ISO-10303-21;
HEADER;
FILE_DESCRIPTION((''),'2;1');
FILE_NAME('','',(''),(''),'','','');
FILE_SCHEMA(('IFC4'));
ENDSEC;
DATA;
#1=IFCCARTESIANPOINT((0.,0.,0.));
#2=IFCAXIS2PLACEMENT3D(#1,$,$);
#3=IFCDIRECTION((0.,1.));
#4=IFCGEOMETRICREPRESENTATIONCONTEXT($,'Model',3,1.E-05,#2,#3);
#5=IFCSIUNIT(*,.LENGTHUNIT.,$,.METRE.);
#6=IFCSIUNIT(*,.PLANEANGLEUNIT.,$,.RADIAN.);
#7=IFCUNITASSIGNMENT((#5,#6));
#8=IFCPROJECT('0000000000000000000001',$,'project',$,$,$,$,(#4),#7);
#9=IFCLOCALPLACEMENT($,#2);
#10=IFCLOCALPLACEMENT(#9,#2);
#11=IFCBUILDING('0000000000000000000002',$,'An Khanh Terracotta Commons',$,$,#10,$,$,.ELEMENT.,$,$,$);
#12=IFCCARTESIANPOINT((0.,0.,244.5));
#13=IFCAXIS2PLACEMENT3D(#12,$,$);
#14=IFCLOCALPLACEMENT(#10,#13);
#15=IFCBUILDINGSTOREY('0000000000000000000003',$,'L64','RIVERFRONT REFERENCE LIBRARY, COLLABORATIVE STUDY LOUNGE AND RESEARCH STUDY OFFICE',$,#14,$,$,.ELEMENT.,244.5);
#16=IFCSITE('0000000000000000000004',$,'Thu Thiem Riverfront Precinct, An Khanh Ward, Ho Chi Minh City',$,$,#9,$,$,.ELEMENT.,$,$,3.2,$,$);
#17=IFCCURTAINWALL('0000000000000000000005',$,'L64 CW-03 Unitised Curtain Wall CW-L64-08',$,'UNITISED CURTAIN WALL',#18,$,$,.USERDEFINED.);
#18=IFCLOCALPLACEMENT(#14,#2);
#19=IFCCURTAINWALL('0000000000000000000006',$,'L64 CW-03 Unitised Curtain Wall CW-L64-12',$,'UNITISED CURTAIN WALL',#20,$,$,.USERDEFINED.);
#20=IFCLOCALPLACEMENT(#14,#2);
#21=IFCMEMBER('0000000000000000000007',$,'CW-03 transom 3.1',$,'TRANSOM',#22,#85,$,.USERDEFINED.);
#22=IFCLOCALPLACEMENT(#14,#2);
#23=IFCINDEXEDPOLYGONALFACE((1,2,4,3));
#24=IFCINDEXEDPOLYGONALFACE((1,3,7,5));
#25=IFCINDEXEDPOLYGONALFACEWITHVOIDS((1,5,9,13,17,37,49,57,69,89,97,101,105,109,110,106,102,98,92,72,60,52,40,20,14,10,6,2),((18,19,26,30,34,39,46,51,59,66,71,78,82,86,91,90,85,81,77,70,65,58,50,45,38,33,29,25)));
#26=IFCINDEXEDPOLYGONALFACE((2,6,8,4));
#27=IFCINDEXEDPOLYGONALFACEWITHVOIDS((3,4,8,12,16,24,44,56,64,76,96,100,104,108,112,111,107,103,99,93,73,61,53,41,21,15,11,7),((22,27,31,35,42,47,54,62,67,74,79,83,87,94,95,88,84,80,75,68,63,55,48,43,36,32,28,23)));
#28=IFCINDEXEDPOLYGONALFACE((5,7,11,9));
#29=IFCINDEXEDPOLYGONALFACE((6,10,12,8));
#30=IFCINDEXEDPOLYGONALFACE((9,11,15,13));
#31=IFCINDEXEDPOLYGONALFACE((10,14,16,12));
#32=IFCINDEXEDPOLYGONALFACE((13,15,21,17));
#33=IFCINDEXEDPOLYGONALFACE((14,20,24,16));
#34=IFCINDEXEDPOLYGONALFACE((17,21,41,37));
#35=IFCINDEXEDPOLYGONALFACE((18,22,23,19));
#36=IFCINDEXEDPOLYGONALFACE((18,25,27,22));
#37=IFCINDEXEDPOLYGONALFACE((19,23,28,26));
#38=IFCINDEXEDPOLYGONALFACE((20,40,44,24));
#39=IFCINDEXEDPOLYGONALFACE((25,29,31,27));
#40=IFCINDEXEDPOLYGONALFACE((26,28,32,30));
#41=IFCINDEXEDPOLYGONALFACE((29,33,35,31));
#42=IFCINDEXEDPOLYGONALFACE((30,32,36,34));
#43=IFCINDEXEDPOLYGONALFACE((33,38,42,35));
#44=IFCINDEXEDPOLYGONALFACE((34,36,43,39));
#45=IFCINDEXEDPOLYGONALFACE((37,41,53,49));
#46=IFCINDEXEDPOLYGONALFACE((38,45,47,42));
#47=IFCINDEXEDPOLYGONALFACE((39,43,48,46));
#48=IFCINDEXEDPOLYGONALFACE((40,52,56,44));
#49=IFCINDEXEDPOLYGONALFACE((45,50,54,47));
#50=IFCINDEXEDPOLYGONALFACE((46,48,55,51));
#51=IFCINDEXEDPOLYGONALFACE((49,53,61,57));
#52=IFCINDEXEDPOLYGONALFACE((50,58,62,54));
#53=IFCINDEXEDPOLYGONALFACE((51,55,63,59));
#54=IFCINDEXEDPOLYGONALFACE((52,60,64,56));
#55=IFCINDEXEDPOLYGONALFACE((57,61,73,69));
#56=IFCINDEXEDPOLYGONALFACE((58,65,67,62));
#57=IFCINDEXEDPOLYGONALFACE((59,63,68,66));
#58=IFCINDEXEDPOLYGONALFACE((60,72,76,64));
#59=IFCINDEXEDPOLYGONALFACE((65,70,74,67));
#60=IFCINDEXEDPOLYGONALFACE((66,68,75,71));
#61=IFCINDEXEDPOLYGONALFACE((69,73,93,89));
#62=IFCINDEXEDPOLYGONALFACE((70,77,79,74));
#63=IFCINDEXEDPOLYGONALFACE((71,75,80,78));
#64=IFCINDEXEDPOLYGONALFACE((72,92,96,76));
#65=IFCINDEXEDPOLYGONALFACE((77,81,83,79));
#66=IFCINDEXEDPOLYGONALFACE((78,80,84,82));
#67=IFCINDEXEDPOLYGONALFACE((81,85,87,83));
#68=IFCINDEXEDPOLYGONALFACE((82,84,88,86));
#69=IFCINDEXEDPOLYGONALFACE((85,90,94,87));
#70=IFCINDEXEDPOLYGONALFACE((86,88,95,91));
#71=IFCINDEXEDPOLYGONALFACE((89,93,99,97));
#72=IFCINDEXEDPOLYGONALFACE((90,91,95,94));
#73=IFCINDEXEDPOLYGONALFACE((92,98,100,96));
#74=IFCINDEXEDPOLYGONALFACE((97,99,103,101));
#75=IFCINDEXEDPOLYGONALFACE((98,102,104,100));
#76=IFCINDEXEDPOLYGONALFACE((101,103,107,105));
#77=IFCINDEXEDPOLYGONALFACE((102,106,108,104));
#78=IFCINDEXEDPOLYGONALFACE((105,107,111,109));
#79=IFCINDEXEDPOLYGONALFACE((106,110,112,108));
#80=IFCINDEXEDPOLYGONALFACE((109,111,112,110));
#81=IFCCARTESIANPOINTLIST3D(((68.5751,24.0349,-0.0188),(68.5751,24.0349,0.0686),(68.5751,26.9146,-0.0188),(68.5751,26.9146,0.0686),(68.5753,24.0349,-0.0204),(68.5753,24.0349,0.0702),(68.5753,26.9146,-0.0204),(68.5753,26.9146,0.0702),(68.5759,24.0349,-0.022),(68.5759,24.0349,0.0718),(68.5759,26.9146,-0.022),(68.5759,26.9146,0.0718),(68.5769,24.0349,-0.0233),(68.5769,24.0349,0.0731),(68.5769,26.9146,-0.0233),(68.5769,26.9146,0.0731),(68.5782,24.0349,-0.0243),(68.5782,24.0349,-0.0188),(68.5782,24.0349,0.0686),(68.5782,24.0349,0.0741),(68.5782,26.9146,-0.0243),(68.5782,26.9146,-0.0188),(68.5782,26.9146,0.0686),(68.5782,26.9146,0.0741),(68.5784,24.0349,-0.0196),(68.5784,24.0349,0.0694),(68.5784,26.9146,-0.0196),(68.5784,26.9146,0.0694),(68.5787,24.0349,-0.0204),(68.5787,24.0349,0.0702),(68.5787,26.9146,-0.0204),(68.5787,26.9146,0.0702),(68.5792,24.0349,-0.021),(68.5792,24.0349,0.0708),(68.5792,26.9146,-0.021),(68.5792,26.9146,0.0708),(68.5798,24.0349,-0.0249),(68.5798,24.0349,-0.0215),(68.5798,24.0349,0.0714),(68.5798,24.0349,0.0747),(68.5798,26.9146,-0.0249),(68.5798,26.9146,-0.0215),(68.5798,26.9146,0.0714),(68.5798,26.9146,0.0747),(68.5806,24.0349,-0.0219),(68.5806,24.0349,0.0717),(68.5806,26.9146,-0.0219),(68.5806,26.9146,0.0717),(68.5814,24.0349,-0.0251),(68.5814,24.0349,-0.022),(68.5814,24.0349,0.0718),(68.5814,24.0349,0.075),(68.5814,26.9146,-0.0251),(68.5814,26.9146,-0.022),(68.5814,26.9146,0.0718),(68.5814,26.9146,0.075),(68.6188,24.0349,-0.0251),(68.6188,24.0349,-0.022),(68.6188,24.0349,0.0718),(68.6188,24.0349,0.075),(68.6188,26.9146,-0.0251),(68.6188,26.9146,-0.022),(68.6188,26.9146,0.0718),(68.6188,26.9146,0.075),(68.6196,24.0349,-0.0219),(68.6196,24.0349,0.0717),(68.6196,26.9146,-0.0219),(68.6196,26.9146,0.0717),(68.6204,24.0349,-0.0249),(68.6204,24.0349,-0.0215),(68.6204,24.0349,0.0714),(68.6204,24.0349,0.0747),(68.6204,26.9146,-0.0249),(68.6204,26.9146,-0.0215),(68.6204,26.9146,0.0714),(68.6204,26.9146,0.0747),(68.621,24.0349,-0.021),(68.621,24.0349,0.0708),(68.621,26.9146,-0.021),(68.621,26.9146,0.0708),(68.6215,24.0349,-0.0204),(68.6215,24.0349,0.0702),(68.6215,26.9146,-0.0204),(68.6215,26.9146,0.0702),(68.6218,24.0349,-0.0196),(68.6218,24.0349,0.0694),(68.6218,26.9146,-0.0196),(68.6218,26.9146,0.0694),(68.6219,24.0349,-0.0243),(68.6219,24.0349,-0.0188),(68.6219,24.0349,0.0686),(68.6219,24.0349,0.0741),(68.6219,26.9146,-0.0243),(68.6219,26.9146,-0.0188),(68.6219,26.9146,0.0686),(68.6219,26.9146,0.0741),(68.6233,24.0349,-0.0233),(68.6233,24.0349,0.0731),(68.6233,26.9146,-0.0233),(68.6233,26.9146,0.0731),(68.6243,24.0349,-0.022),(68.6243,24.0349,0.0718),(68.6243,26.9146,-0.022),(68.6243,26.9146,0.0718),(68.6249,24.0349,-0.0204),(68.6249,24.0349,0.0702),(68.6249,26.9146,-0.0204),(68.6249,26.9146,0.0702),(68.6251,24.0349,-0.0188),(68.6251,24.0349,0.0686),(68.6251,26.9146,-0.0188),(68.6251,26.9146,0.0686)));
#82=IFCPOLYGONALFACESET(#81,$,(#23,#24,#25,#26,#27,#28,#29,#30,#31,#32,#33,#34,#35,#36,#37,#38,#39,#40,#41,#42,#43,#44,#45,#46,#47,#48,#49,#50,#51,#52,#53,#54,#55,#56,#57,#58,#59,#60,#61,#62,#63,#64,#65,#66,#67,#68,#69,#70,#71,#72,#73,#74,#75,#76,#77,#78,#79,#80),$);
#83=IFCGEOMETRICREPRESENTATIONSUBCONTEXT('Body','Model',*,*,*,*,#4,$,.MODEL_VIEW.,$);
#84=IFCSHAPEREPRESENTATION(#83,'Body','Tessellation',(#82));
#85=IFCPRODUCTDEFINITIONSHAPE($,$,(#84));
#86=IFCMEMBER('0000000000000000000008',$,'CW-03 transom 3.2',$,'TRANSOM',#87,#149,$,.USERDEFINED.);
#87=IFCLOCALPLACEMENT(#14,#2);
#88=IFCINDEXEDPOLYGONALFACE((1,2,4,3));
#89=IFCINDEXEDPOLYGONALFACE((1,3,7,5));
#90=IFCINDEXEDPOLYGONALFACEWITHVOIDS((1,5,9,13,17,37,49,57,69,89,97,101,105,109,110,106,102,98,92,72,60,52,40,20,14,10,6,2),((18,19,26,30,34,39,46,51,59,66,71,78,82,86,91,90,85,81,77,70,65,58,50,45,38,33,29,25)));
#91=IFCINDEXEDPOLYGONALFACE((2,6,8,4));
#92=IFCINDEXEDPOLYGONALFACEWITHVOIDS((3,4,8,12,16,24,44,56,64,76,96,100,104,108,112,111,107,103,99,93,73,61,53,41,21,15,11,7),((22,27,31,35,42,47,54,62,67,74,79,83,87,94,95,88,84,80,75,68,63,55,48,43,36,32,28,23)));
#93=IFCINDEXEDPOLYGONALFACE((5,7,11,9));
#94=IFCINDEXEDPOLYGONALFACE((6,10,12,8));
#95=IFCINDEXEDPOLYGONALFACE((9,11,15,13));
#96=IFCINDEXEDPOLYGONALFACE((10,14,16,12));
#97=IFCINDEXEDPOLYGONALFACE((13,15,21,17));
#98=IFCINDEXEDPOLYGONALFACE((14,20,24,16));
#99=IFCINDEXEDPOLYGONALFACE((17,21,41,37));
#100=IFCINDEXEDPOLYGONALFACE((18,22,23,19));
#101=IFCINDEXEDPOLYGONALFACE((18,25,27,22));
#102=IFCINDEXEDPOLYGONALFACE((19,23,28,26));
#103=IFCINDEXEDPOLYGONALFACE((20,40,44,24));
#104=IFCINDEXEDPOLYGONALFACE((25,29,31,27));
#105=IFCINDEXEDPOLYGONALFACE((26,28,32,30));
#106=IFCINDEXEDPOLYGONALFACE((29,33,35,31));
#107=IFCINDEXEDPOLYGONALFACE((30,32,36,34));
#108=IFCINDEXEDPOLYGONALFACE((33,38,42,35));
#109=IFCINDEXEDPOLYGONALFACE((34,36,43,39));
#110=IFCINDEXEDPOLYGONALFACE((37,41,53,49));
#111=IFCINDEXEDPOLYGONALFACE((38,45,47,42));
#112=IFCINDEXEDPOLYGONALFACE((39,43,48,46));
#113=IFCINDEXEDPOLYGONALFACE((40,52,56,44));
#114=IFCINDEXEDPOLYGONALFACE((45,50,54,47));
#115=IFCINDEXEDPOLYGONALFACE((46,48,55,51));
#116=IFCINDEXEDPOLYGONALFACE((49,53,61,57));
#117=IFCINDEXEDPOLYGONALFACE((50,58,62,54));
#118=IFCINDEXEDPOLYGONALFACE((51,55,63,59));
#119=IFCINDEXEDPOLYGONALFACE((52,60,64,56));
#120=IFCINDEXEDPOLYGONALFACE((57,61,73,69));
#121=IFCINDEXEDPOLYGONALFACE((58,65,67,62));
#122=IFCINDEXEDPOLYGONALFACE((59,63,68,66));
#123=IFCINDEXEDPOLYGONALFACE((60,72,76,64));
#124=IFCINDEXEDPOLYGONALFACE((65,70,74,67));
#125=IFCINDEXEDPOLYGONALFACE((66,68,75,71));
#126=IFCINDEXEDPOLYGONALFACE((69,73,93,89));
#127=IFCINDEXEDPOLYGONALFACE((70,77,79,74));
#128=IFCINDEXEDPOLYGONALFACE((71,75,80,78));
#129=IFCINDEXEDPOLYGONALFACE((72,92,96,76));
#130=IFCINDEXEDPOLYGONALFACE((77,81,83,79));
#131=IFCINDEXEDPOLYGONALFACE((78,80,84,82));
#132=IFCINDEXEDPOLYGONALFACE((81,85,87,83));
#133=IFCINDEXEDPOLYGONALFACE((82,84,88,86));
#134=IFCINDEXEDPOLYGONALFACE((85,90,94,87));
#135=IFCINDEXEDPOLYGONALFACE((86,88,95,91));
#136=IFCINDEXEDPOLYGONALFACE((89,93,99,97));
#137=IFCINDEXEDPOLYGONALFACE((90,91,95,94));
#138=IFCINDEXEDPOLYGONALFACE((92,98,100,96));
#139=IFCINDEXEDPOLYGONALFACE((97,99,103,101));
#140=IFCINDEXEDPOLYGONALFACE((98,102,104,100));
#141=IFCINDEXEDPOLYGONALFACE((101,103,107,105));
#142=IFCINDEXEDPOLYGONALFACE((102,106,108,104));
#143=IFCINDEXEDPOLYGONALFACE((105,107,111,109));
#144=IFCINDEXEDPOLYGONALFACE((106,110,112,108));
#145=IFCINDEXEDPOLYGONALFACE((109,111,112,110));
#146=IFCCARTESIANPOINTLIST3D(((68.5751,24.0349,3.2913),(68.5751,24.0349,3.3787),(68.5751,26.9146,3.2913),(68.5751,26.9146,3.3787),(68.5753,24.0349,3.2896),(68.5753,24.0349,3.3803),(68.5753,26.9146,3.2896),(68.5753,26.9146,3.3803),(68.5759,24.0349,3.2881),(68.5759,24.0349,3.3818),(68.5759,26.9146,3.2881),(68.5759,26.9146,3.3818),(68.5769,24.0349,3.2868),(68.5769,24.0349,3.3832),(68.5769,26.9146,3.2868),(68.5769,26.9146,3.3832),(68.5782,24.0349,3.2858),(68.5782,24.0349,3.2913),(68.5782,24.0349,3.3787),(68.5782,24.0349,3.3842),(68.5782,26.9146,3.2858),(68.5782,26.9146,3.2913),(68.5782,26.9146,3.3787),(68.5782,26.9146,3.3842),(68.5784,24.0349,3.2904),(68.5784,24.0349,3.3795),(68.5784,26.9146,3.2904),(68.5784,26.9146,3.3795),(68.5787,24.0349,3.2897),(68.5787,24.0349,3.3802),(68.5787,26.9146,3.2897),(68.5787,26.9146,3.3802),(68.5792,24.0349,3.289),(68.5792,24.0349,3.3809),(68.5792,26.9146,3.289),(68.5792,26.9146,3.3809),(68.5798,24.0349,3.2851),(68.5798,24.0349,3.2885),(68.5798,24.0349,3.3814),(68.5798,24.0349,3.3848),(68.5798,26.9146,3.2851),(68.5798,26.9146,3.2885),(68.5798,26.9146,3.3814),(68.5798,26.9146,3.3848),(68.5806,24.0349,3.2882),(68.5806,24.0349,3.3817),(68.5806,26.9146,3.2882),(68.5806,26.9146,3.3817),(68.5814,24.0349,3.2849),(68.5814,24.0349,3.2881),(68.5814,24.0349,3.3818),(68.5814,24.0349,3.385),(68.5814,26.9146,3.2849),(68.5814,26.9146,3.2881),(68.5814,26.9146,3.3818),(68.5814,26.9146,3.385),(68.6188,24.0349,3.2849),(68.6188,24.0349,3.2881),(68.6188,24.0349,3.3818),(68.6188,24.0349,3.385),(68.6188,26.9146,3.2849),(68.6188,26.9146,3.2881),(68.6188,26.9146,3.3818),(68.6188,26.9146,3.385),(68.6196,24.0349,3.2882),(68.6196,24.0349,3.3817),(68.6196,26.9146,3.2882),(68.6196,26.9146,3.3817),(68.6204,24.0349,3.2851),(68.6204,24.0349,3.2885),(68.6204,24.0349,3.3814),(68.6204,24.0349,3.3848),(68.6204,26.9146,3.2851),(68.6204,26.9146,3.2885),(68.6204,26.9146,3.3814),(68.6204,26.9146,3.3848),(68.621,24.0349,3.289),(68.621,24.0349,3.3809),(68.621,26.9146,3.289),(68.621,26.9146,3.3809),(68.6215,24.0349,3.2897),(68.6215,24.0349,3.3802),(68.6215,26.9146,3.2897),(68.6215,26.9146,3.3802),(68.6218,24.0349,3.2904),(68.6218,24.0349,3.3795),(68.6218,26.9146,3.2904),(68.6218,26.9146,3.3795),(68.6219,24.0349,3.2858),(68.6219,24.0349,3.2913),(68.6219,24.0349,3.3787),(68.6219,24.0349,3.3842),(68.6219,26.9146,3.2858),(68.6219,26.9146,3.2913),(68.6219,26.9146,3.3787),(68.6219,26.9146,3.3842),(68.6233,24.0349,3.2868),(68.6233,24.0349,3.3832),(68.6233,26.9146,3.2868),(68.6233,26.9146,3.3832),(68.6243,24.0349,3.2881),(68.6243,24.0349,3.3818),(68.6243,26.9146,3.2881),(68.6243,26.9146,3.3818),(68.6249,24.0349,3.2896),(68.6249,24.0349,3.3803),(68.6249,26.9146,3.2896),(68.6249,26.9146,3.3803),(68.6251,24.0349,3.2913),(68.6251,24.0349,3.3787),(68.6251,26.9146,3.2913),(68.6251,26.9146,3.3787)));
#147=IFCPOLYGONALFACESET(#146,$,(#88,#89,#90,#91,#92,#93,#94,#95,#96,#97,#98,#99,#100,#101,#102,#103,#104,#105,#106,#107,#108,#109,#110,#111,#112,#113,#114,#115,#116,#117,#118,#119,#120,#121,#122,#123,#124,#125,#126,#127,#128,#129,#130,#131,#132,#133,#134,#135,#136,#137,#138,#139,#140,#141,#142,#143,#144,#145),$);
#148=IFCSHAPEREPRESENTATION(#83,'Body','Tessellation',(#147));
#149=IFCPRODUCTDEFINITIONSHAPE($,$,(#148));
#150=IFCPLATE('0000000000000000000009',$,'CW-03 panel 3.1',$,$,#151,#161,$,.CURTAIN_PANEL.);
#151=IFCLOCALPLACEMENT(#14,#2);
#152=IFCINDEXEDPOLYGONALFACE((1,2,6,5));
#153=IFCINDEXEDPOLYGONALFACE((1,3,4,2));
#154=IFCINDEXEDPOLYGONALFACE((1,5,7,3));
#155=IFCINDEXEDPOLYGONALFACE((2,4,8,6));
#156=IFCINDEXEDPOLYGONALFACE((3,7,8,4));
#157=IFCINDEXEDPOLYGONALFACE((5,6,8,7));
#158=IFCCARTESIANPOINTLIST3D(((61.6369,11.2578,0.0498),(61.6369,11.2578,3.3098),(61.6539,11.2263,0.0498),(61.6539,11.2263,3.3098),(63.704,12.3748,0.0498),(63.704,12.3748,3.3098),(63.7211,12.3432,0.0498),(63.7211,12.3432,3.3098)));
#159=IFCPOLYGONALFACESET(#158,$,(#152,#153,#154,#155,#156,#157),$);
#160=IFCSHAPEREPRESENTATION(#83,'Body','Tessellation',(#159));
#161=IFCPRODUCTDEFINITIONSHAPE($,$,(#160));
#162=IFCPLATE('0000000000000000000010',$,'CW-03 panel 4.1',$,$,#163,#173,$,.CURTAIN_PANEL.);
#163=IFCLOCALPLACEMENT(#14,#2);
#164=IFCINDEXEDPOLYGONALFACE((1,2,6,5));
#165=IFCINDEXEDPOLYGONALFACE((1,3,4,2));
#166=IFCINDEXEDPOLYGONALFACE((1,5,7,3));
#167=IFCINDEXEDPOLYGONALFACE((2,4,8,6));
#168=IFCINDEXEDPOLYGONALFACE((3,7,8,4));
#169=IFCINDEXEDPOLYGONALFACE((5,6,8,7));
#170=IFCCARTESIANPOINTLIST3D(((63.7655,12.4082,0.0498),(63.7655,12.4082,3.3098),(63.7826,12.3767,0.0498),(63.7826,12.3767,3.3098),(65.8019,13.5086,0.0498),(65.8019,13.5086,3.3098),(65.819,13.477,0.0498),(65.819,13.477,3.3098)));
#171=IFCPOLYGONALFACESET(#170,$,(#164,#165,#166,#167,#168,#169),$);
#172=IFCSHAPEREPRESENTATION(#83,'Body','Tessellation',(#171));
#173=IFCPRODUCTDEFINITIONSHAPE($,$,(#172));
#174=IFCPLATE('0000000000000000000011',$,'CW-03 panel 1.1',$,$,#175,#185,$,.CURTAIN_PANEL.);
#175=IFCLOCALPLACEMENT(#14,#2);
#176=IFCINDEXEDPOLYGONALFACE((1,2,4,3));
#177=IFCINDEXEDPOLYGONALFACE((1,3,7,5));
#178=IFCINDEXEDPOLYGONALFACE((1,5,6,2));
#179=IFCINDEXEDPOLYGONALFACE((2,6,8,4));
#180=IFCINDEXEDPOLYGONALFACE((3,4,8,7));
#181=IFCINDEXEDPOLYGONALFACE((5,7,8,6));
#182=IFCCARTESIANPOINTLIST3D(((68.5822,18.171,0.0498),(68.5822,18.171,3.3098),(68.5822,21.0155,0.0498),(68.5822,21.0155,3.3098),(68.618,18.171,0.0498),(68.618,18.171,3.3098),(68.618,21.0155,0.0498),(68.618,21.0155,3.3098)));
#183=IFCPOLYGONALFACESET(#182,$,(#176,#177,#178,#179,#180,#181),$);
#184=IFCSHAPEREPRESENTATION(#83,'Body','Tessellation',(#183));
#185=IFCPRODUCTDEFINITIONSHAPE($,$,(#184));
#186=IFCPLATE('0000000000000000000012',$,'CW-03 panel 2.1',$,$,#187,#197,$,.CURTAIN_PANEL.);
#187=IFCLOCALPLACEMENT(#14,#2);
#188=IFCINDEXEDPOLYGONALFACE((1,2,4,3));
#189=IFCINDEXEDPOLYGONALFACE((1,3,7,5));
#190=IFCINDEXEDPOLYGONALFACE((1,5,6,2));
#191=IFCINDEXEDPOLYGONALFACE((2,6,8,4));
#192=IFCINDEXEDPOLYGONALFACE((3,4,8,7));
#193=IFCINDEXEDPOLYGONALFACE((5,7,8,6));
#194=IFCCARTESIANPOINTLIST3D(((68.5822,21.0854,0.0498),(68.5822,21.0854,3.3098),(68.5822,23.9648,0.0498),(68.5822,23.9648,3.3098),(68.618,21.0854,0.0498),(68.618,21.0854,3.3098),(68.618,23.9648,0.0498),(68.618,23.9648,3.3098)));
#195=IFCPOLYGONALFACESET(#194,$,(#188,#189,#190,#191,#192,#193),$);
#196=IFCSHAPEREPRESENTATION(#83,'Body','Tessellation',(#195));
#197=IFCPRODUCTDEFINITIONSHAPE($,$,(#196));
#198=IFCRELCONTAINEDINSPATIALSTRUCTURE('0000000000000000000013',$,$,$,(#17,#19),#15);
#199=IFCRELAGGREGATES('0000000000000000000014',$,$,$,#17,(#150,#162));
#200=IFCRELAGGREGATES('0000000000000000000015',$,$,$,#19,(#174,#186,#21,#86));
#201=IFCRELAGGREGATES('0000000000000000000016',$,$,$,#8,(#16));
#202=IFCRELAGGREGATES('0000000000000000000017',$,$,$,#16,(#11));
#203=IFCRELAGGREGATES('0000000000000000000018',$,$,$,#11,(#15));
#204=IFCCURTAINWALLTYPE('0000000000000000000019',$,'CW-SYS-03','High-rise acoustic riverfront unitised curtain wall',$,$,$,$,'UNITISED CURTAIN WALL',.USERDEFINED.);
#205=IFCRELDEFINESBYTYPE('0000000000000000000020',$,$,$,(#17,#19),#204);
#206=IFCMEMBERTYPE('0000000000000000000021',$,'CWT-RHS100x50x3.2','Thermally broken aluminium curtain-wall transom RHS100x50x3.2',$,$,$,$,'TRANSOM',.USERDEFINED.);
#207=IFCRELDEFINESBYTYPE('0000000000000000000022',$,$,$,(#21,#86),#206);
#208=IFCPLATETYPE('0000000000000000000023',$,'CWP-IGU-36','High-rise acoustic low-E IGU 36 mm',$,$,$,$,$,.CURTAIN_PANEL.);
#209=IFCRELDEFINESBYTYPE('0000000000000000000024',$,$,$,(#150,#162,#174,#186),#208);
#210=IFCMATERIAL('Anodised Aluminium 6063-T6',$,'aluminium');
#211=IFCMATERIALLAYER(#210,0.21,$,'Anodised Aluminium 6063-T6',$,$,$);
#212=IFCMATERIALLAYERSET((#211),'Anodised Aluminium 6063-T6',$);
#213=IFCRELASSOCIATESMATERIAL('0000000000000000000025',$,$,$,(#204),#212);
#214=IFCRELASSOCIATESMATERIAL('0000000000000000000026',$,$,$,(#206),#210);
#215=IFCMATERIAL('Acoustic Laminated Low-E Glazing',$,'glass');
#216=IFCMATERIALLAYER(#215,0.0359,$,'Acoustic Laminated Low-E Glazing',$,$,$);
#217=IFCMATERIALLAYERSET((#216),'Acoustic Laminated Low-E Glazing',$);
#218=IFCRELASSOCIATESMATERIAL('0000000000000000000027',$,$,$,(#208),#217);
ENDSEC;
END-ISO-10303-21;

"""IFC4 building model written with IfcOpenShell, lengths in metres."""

from ifc_helpers import new_model, si_unit, direction, frame, origin, origin_2d, place, context, subcontext, project, spatial, rectangle, hollow_rectangle, extrude, material, layer, layer_set, material_profile, profile_set, type_object, element, aggregate, save


model = new_model("IFC4")

# Units and contexts
model_context = context("Model", 3, precision=1e-05, world=origin(), true_north=direction((0.0, 1.0)))
body_context = subcontext(model_context, "Body", "Model", "MODEL_VIEW")
ifc_project = project(units=[si_unit("LENGTHUNIT", "METRE"), si_unit("PLANEANGLEUNIT", "RADIAN")], contexts=[model_context])

# Site, building, storey
site_placement = place(None, origin())
site = spatial("IfcSite", under=ifc_project, at=site_placement, Name="Thu Thiem Riverfront Precinct, An Khanh Ward, Ho Chi Minh City", CompositionType="ELEMENT", RefElevation=3.2)
building_placement = place(site_placement, origin())
building = spatial("IfcBuilding", under=site, at=building_placement, Name="An Khanh Terracotta Commons", CompositionType="ELEMENT")
storey_placement = place(building_placement, frame((0.0, 0.0, 244.5)))
storey = spatial("IfcBuildingStorey", under=building, at=storey_placement, Name="L64", Description="RIVERFRONT REFERENCE LIBRARY, COLLABORATIVE STUDY LOUNGE AND RESEARCH STUDY OFFICE", CompositionType="ELEMENT", Elevation=244.5)

# Curtain walls
ifc_material_1 = material(Name="Anodised Aluminium 6063-T6", Category="aluminium")
ifc_layer_1 = layer(ifc_material_1, 0.21, Name="Anodised Aluminium 6063-T6")
ifc_layer_set_1 = layer_set([ifc_layer_1], Name="Anodised Aluminium 6063-T6")
curtain_wall_type = type_object("IfcCurtainWallType", Name="CW-SYS-03", Description="High-rise acoustic riverfront unitised curtain wall", ElementType="UNITISED CURTAIN WALL", PredefinedType="USERDEFINED", material=ifc_layer_set_1)
curtain_wall_1_placement = place(storey_placement, origin())
curtain_wall_1 = element("IfcCurtainWall", 1, at=curtain_wall_1_placement, inside=storey, type_object=curtain_wall_type, Name="L64 CW-03 Unitised Curtain Wall CW-L64-08", ObjectType="UNITISED CURTAIN WALL", PredefinedType="USERDEFINED")
curtain_wall_2_placement = place(storey_placement, origin())
curtain_wall_2 = element("IfcCurtainWall", 2, at=curtain_wall_2_placement, inside=storey, type_object=curtain_wall_type, Name="L64 CW-03 Unitised Curtain Wall CW-L64-12", ObjectType="UNITISED CURTAIN WALL", PredefinedType="USERDEFINED")

# Members
ifc_material_profile_1 = material_profile(ifc_material_1, hollow_rectangle(XDim=0.05, YDim=0.1001, WallThickness=0.0032, InnerFilletRadius=0.0032, OuterFilletRadius=0.0063, at=origin_2d()), Name="RHS100x50x3.2")
ifc_profile_set_1 = profile_set([ifc_material_profile_1], Name="Anodised Aluminium 6063-T6")
member_type_1 = type_object("IfcMemberType", Name="CWT-RHS100x50x3.2", Description="Thermally broken aluminium curtain-wall transom RHS100x50x3.2", ElementType="TRANSOM", PredefinedType="USERDEFINED", material=ifc_profile_set_1)
member_1_placement = place(storey_placement, frame((68.6001, 24.0349, 0.0249), z_axis=(0.0, 1.0, 0.0), x_axis=(-1.0, 0.0, 0.0)))
member_1 = element("IfcMember", 3, at=member_1_placement, type_object=member_type_1, Name="CW-03 transom 3.1", ObjectType="TRANSOM", PredefinedType="USERDEFINED", context=body_context, shape_type="SweptSolid", body=[
    extrude(hollow_rectangle(XDim=0.05, YDim=0.1001, WallThickness=0.0032, InnerFilletRadius=0.0032, OuterFilletRadius=0.0063, at=origin_2d()), origin(), (0.0, 0.0, 1.0), 2.8796),
])
member_2_placement = place(storey_placement, frame((68.6001, 24.0349, 3.335), z_axis=(0.0, 1.0, 0.0), x_axis=(-1.0, 0.0, 0.0)))
member_2 = element("IfcMember", 4, at=member_2_placement, type_object=member_type_1, Name="CW-03 transom 3.2", ObjectType="TRANSOM", PredefinedType="USERDEFINED", context=body_context, shape_type="SweptSolid", body=[
    extrude(hollow_rectangle(XDim=0.05, YDim=0.1001, WallThickness=0.0032, InnerFilletRadius=0.0032, OuterFilletRadius=0.0063, at=origin_2d()), origin(), (0.0, 0.0, 1.0), 2.8796),
])

# Plates
ifc_material_2 = material(Name="Acoustic Laminated Low-E Glazing", Category="glass")
ifc_layer_2 = layer(ifc_material_2, 0.0359, Name="Acoustic Laminated Low-E Glazing")
ifc_layer_set_2 = layer_set([ifc_layer_2], Name="Acoustic Laminated Low-E Glazing")
plate_type = type_object("IfcPlateType", Name="CWP-IGU-36", Description="High-rise acoustic low-E IGU 36 mm", PredefinedType="CURTAIN_PANEL", material=ifc_layer_set_2)
plate_1_placement = place(storey_placement, frame((62.679, 11.8005, 0.0498), z_axis=(0.0, 0.0, 1.0), x_axis=(0.87978, 0.475381, 0.0)))
plate_1 = element("IfcPlate", 5, at=plate_1_placement, type_object=plate_type, Name="CW-03 panel 3.1", PredefinedType="CURTAIN_PANEL", context=body_context, shape_type="SweptSolid", body=[
    extrude(rectangle(XDim=2.3496, YDim=0.0359, at=origin_2d()), origin(), (0.0, 0.0, 1.0), 3.26),
])
plate_2_placement = place(storey_placement, frame((64.7922, 12.9426, 0.0498), z_axis=(0.0, 0.0, 1.0), x_axis=(0.87978, 0.475381, 0.0)))
plate_2 = element("IfcPlate", 6, at=plate_2_placement, type_object=plate_type, Name="CW-03 panel 4.1", PredefinedType="CURTAIN_PANEL", context=body_context, shape_type="SweptSolid", body=[
    extrude(rectangle(XDim=2.3147, YDim=0.0359, at=origin_2d()), origin(), (0.0, 0.0, 1.0), 3.26),
])
aggregate(curtain_wall_1, [plate_1, plate_2])
plate_3_placement = place(storey_placement, frame((68.6001, 19.5933, 0.0498), z_axis=(0.0, 0.0, 1.0), x_axis=(0.0, 1.0, 0.0)))
plate_3 = element("IfcPlate", 7, at=plate_3_placement, type_object=plate_type, Name="CW-03 panel 1.1", PredefinedType="CURTAIN_PANEL", context=body_context, shape_type="SweptSolid", body=[
    extrude(rectangle(XDim=2.8445, YDim=0.0359, at=origin_2d()), origin(), (0.0, 0.0, 1.0), 3.26),
])
plate_4_placement = place(storey_placement, frame((68.6001, 22.5251, 0.0498), z_axis=(0.0, 0.0, 1.0), x_axis=(0.0, 1.0, 0.0)))
plate_4 = element("IfcPlate", 8, at=plate_4_placement, type_object=plate_type, Name="CW-03 panel 2.1", PredefinedType="CURTAIN_PANEL", context=body_context, shape_type="SweptSolid", body=[
    extrude(rectangle(XDim=2.8794, YDim=0.0359, at=origin_2d()), origin(), (0.0, 0.0, 1.0), 3.26),
])
aggregate(curtain_wall_2, [plate_3, plate_4, member_1, member_2])

save(model, "model.ifc")
